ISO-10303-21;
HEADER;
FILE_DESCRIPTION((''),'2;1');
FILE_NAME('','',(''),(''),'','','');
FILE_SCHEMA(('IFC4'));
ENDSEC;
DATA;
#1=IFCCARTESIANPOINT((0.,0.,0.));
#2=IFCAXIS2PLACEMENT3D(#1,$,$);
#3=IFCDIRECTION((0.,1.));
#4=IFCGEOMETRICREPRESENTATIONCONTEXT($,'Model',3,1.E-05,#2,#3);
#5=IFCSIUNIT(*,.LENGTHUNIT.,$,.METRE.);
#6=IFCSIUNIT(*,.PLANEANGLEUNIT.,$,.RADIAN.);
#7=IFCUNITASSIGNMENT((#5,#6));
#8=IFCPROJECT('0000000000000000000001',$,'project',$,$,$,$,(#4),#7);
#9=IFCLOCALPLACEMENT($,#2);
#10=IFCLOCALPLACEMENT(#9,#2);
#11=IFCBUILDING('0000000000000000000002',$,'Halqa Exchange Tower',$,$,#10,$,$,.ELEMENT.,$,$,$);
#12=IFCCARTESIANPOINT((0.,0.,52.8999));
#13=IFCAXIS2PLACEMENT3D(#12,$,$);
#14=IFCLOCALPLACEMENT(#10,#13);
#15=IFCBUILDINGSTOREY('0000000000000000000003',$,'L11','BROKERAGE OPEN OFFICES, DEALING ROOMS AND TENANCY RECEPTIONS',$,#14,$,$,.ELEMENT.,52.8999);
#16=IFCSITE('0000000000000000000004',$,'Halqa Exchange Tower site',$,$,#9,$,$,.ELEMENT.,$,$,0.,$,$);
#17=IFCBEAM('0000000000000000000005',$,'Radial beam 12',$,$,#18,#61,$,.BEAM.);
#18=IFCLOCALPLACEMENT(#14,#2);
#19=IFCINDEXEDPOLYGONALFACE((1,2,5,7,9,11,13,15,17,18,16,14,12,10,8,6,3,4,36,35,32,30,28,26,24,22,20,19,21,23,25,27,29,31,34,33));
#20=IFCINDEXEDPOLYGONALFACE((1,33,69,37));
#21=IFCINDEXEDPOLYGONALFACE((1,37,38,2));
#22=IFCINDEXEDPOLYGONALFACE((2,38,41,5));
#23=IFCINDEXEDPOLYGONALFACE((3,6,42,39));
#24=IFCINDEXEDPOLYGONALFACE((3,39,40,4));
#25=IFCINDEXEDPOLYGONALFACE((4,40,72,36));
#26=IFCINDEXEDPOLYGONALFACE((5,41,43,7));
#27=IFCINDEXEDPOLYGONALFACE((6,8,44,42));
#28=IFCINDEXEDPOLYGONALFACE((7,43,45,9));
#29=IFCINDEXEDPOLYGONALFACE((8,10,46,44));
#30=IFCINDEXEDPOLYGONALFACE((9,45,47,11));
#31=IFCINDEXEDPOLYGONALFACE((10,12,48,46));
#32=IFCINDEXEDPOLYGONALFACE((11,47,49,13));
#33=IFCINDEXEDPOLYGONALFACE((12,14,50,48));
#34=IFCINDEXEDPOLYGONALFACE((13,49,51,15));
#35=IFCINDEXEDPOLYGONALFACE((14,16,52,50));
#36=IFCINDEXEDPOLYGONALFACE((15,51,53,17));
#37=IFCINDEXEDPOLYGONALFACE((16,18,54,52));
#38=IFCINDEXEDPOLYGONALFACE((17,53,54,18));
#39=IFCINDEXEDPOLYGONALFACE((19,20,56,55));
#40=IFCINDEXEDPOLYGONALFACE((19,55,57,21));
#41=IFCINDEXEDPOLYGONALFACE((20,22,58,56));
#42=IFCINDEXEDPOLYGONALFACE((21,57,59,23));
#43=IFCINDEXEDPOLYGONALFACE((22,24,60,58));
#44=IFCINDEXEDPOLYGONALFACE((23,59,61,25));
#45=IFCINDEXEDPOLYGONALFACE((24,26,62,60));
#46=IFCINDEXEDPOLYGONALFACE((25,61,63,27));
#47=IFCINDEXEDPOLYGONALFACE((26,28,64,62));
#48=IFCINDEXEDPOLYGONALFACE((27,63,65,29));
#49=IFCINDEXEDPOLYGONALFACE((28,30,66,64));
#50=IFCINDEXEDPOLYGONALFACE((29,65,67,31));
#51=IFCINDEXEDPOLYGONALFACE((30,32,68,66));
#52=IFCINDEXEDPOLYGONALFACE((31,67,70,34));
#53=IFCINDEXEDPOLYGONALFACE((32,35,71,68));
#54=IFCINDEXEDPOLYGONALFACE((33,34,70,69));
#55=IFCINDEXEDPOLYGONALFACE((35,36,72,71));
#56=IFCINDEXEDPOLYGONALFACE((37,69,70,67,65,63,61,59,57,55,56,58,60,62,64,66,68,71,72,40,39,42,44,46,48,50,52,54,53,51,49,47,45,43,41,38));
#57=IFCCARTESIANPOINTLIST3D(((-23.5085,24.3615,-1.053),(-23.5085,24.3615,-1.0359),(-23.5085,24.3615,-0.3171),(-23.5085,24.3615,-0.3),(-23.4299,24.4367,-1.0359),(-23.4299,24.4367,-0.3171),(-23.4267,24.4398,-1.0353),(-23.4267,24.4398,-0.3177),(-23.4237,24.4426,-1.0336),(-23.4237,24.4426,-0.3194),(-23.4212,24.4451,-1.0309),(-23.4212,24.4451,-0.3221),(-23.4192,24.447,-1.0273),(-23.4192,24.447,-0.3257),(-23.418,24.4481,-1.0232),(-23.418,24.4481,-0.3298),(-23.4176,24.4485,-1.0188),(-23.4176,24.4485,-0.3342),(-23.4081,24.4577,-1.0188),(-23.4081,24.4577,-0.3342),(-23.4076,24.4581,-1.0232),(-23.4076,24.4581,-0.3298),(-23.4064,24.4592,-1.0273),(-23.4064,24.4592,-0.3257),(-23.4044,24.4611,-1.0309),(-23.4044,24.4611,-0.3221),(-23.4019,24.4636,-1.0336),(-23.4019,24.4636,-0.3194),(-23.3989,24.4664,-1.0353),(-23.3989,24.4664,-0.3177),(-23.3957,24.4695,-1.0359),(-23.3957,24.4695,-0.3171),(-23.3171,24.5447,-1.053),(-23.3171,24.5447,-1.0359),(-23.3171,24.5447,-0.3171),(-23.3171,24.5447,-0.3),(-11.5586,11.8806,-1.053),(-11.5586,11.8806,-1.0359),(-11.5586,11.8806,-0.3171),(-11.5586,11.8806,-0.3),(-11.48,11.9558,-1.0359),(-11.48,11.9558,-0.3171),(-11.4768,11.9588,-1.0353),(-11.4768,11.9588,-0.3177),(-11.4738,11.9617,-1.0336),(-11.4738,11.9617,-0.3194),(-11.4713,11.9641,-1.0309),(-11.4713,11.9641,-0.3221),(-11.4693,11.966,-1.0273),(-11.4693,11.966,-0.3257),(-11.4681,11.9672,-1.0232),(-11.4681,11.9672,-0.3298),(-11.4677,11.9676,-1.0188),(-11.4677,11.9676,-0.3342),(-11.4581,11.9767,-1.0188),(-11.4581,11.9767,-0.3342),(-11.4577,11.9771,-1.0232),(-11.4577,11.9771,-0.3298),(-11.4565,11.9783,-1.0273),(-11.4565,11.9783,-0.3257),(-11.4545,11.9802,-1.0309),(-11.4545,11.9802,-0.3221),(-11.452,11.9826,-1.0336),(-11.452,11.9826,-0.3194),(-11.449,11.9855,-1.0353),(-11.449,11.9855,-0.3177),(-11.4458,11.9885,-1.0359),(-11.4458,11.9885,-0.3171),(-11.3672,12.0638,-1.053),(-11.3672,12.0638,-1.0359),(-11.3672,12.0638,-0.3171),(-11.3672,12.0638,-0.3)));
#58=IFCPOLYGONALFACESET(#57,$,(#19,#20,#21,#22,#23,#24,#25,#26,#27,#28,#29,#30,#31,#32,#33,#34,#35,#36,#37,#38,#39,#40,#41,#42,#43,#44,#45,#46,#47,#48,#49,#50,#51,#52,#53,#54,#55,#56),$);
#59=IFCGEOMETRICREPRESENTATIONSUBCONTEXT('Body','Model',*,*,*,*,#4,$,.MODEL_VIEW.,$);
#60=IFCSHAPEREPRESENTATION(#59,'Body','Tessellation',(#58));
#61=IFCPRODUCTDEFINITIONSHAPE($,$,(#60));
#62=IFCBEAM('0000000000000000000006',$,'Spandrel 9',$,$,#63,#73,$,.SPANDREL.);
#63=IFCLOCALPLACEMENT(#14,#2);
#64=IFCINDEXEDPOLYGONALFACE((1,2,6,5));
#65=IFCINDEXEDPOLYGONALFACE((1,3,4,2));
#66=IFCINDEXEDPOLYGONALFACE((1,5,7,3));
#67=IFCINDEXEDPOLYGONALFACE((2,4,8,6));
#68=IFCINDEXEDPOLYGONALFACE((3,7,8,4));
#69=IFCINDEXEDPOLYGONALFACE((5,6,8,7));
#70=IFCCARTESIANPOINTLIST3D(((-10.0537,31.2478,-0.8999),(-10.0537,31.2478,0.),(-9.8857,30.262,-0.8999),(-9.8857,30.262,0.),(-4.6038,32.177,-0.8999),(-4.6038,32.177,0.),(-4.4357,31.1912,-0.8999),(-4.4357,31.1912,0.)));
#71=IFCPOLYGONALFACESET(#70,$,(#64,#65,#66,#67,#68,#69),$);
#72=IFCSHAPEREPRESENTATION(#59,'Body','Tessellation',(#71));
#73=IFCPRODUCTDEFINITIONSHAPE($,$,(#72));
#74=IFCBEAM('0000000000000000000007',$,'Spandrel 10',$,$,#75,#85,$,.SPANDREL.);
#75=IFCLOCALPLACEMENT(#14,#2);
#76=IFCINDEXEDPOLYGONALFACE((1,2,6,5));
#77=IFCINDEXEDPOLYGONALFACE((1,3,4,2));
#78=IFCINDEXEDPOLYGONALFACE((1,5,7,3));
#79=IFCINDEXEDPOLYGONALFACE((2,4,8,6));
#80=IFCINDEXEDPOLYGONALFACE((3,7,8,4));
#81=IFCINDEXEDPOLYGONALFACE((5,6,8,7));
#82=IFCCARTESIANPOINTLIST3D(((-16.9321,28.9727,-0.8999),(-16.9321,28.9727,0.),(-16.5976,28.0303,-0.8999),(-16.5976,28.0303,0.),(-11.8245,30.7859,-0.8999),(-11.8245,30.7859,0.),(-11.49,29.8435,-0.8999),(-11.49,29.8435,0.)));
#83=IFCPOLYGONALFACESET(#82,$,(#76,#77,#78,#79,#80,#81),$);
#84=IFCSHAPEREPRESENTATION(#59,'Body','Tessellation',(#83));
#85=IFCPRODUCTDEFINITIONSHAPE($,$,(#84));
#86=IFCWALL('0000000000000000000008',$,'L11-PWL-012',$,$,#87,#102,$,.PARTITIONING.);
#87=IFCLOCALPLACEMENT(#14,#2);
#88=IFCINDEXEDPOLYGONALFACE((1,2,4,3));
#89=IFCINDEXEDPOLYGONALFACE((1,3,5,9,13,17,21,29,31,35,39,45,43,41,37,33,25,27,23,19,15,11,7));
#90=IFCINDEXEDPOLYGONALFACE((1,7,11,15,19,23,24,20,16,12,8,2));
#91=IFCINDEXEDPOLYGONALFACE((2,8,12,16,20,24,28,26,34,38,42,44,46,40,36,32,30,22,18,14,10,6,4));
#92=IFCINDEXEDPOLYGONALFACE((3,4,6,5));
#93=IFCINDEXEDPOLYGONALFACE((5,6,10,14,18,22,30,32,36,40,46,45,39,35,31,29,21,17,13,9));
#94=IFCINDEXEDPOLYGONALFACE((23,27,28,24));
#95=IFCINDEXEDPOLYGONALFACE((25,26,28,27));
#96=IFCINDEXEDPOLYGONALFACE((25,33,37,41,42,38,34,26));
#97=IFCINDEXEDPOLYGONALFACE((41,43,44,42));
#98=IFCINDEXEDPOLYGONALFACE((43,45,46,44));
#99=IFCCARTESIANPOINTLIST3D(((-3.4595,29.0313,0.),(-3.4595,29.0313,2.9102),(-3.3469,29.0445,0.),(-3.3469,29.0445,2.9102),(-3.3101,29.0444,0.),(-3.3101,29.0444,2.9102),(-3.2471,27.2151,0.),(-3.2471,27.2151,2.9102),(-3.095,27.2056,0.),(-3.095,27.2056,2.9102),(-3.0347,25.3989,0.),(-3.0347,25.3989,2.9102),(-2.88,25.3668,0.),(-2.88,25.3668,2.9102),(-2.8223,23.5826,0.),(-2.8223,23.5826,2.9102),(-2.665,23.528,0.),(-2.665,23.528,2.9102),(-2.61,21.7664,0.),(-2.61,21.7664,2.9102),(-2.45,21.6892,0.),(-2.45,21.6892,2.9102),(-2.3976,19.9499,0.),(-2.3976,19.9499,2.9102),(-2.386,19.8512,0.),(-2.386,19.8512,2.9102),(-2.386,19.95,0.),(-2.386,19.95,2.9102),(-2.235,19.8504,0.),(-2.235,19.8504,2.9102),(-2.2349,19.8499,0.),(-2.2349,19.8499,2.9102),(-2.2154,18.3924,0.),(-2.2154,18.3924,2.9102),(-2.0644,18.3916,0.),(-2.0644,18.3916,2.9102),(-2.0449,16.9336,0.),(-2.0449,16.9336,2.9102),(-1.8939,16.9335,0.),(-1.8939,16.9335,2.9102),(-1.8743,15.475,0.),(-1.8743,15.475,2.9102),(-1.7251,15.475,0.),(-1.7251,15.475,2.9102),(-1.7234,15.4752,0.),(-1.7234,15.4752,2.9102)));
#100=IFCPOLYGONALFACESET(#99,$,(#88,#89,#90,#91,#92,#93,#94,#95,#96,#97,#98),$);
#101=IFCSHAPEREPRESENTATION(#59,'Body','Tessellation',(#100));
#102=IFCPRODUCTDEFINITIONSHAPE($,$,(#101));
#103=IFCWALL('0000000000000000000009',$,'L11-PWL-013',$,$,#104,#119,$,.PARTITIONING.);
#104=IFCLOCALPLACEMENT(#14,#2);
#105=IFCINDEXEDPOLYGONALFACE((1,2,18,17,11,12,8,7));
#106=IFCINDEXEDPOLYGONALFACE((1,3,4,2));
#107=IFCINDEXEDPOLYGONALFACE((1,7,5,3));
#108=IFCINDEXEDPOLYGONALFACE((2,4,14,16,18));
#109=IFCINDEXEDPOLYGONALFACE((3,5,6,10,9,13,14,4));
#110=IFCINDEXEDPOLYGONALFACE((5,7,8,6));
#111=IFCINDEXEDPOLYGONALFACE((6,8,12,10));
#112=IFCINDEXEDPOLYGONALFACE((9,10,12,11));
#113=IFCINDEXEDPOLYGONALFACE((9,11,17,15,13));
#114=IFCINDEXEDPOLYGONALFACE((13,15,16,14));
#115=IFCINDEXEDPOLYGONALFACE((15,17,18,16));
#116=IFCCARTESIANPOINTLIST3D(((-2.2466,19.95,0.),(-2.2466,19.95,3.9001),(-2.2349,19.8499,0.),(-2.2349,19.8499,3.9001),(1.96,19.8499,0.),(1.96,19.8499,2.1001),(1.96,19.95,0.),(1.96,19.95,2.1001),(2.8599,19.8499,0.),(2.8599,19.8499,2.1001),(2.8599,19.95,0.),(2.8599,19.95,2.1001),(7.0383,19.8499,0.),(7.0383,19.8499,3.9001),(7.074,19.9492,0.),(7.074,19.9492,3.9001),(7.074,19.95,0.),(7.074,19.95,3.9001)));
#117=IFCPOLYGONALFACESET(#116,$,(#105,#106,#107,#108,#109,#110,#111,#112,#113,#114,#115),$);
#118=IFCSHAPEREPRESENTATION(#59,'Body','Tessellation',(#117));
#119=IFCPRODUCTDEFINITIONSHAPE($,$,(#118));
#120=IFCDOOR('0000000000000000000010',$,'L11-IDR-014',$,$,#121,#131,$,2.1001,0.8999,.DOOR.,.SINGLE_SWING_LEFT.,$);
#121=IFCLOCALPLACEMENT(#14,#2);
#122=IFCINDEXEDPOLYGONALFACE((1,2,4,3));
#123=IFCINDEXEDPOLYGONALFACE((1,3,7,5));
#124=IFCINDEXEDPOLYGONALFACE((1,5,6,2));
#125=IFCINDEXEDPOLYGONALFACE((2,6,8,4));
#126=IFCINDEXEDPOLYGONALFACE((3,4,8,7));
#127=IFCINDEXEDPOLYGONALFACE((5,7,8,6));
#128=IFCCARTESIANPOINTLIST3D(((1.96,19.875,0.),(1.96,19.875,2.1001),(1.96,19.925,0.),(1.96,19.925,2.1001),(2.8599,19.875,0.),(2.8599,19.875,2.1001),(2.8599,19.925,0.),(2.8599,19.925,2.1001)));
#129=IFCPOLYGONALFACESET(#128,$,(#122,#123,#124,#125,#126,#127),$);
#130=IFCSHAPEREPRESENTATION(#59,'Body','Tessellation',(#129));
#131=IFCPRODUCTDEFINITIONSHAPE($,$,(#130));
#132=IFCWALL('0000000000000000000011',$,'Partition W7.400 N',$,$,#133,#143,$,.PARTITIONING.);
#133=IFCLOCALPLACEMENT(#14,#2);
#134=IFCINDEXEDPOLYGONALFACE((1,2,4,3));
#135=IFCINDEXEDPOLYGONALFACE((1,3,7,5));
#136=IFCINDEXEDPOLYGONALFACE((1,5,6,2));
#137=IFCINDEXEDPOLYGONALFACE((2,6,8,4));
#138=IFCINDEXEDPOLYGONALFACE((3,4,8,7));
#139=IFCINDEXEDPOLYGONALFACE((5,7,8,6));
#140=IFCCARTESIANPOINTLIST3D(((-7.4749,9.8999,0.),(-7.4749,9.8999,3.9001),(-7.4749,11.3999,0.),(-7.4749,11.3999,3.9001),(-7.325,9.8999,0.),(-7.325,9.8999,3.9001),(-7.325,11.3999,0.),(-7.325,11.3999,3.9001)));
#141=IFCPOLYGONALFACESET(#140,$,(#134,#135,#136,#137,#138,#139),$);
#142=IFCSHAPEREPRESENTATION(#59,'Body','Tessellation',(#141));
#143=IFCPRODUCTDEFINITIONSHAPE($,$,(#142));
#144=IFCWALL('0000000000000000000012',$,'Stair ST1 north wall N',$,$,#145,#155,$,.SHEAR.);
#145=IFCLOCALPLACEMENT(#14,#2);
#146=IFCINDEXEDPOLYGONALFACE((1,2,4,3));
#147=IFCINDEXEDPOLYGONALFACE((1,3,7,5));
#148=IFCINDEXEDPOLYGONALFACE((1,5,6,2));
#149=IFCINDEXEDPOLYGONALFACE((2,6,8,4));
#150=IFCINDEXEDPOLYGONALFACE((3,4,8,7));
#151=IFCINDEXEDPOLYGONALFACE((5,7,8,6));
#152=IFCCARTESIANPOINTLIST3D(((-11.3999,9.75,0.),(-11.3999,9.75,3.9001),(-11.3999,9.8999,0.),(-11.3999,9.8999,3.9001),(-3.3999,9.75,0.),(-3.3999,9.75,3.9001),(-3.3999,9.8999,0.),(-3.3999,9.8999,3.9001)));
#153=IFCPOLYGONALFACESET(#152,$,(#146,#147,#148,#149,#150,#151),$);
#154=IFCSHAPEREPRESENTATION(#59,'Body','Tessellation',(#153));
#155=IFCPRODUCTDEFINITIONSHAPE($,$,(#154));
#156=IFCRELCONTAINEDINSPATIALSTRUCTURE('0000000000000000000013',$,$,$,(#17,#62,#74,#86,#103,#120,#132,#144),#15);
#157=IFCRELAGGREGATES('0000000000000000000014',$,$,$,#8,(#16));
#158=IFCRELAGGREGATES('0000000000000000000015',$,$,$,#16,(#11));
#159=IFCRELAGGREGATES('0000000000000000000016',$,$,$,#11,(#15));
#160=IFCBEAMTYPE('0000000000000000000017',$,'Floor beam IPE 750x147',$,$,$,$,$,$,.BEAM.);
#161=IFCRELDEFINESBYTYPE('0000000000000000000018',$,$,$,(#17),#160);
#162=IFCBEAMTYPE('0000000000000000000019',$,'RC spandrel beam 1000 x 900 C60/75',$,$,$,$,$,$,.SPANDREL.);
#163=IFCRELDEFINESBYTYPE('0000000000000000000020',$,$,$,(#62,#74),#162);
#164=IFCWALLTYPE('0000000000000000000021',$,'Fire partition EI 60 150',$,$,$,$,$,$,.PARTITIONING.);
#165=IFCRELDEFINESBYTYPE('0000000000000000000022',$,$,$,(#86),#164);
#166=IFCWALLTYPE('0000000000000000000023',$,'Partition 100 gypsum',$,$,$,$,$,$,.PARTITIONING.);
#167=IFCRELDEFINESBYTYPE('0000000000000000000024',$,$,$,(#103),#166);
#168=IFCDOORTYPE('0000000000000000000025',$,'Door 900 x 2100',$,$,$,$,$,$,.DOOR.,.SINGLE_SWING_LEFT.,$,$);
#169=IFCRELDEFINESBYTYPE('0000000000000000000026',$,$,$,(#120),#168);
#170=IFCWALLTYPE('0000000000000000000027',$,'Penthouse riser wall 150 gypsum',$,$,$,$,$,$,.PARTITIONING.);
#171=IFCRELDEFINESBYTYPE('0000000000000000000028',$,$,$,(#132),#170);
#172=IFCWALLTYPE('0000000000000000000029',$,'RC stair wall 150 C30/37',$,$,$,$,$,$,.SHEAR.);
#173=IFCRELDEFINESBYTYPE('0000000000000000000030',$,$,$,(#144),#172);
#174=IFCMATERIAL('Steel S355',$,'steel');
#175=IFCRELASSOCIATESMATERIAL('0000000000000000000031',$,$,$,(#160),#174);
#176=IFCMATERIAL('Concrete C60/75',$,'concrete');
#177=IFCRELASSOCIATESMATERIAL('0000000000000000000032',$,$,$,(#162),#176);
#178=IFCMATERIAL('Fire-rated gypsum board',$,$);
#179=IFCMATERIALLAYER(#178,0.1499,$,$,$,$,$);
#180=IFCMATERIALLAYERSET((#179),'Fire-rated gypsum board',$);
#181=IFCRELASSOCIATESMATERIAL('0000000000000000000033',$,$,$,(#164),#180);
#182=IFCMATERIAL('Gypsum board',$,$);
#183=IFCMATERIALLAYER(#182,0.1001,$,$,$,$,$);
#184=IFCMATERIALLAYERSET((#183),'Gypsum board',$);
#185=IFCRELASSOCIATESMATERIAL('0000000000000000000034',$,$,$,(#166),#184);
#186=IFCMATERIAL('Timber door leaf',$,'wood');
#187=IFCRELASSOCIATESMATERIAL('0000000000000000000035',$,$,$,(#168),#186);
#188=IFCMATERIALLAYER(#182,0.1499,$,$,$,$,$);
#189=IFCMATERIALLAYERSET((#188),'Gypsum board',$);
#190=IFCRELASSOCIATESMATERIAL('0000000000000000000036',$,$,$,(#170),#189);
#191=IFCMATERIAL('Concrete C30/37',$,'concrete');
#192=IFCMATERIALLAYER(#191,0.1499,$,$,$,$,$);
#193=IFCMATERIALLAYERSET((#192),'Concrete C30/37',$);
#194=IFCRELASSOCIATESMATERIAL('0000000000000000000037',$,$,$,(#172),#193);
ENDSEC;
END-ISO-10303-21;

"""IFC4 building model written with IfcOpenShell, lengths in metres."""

from ifc_helpers import new_model, si_unit, direction, frame, frame_2d, origin, origin_2d, place, context, subcontext, project, spatial, polyline, rectangle, i_section, outline, extrude, material, layer, layer_set, material_profile, profile_set, type_object, element, fill, save


model = new_model("IFC4")

# Units and contexts
model_context = context("Model", 3, precision=1e-05, world=origin(), true_north=direction((0.0, 1.0)))
body_context = subcontext(model_context, "Body", "Model", "MODEL_VIEW")
ifc_project = project(units=[si_unit("LENGTHUNIT", "METRE"), si_unit("PLANEANGLEUNIT", "RADIAN")], contexts=[model_context])

# Site, building, storey
site_placement = place(None, origin())
site = spatial("IfcSite", under=ifc_project, at=site_placement, Name="Halqa Exchange Tower site", CompositionType="ELEMENT", RefElevation=0.0)
building_placement = place(site_placement, origin())
building = spatial("IfcBuilding", under=site, at=building_placement, Name="Halqa Exchange Tower", CompositionType="ELEMENT")
storey_placement = place(building_placement, frame((0.0, 0.0, 52.8999)))
storey = spatial("IfcBuildingStorey", under=building, at=storey_placement, Name="L11", Description="BROKERAGE OPEN OFFICES, DEALING ROOMS AND TENANCY RECEPTIONS", CompositionType="ELEMENT", Elevation=52.8999)

# Beams
ifc_material_1 = material(Name="Steel S355", Category="steel")
ifc_material_profile_1 = material_profile(ifc_material_1, i_section(OverallWidth=0.2649, OverallDepth=0.7529, WebThickness=0.0132, FlangeThickness=0.0171, FilletRadius=0.0171, at=origin_2d()), Name="IPE 750x147")
ifc_profile_set_1 = profile_set([ifc_material_profile_1], Name="Steel S355")
beam_type_1 = type_object("IfcBeamType", Name="Floor beam IPE 750x147", PredefinedType="BEAM", material=ifc_profile_set_1)
beam_1_placement = place(storey_placement, frame((-11.4629, 11.9722, -0.6765), z_axis=(-0.691574, 0.722305, 0.0), x_axis=(-0.722305, -0.691574, 0.0)))
element("IfcBeam", 1, at=beam_1_placement, inside=storey, type_object=beam_type_1, Name="Radial beam 12", PredefinedType="BEAM", context=body_context, shape_type="SweptSolid", body=[
    extrude(i_section(OverallWidth=0.2649, OverallDepth=0.7529, WebThickness=0.0132, FlangeThickness=0.0171, FilletRadius=0.0171, at=origin_2d()), origin(), (0.0, 0.0, 1.0), 17.2793),
])
ifc_material_2 = material(Name="Concrete C60/75", Category="concrete")
ifc_material_profile_2 = material_profile(ifc_material_2, rectangle(XDim=1.0, YDim=0.8999, at=origin_2d()), Name="1000 x 900")
ifc_profile_set_2 = profile_set([ifc_material_profile_2], Name="Concrete C60/75")
beam_type_2 = type_object("IfcBeamType", Name="RC spandrel beam 1000 x 900 C60/75", PredefinedType="SPANDREL", material=ifc_profile_set_2)
beam_2_placement = place(storey_placement, frame((-4.5198, 31.6841, -0.45), z_axis=(-0.985775, -0.168071, 0.0), x_axis=(0.168071, -0.985775, 0.0)))
element("IfcBeam", 2, at=beam_2_placement, inside=storey, type_object=beam_type_2, Name="Spandrel 9", PredefinedType="SPANDREL", context=body_context, shape_type="SweptSolid", body=[
    extrude(rectangle(XDim=1.0, YDim=0.8999, at=origin_2d()), origin(), (0.0, 0.0, 1.0), 5.5286),
])
beam_3_placement = place(storey_placement, frame((-11.6572, 30.3147, -0.45), z_axis=(-0.942379, -0.334547, 0.0), x_axis=(0.334547, -0.942379, 0.0)))
element("IfcBeam", 3, at=beam_3_placement, inside=storey, type_object=beam_type_2, Name="Spandrel 10", PredefinedType="SPANDREL", context=body_context, shape_type="SweptSolid", body=[
    extrude(rectangle(XDim=1.0, YDim=0.8999, at=origin_2d()), origin(), (0.0, 0.0, 1.0), 5.4199),
])

# Wall
ifc_material_3 = material(Name="Fire-rated gypsum board")
ifc_layer_1 = layer(ifc_material_3, 0.1499)
ifc_layer_set_1 = layer_set([ifc_layer_1], Name="Fire-rated gypsum board")
wall_type_1 = type_object("IfcWallType", Name="Fire partition EI 60 150", PredefinedType="PARTITIONING", material=ifc_layer_set_1)
wall_1_placement = place(storey_placement, frame((-3.385, 29.04, 0.0), z_axis=(0.0, 0.0, 1.0), x_axis=(0.116139, -0.993233, 0.0)))
element("IfcWall", 4, at=wall_1_placement, inside=storey, type_object=wall_type_1, Name="L11-PWL-012", PredefinedType="PARTITIONING", context=body_context, shape_type="SweptSolid", body=[
    extrude(outline(polyline([(0.0, -0.075), (1.8286, -0.075), (3.6572, -0.075), (5.4858, -0.075), (7.3145, -0.075), (9.1433, -0.075), (9.1445, -0.0635), (9.2427, -0.075), (10.7114, -0.075), (12.1802, -0.075), (13.6487, -0.075), (13.666, 0.0732), (13.666, 0.075), (12.1978, 0.075), (10.7297, 0.075), (9.2615, 0.075), (9.2615, 0.075), (9.261, 0.075), (7.4097, 0.075), (5.5583, 0.075), (3.707, 0.075), (1.8557, 0.075), (0.0044, 0.075), (0.0, 0.0383), (0.0, -0.075)])), origin(), (0.0, 0.0, 1.0), 2.9102),
])

# Wall, opening, door
ifc_material_4 = material(Name="Gypsum board")
ifc_layer_2 = layer(ifc_material_4, 0.1001)
ifc_layer_set_2 = layer_set([ifc_layer_2], Name="Gypsum board")
wall_type_2 = type_object("IfcWallType", Name="Partition 100 gypsum", PredefinedType="PARTITIONING", material=ifc_layer_set_2)
wall_2_placement = place(storey_placement, frame((-2.2466, 19.8999, 0.0), z_axis=(0.0, 0.0, 1.0), x_axis=(1.0, 0.0, 0.0)))
wall_2 = element("IfcWall", 5, at=wall_2_placement, inside=storey, type_object=wall_type_2, Name="L11-PWL-013", PredefinedType="PARTITIONING", context=body_context, shape_type="SweptSolid", body=[
    extrude(outline(polyline([(0.0117, -0.05), (1.8665, -0.05), (3.7209, -0.05), (5.5757, -0.05), (7.4302, -0.05), (9.2849, -0.05), (9.3206, 0.0493), (9.3206, 0.05), (7.4565, 0.05), (5.5923, 0.05), (3.7283, 0.05), (1.864, 0.05), (0.0, 0.05), (0.0117, -0.05)])), origin(), (0.0, 0.0, 1.0), 3.9001),
])
opening_1_placement = place(wall_2_placement, frame((4.2065, 0.0, 0.0)))
opening_1 = element("IfcOpeningElement", 6, at=opening_1_placement, cuts=wall_2, PredefinedType="OPENING", context=body_context, shape_type="SweptSolid", body=[
    extrude(rectangle(XDim=0.8999, YDim=2.1001, at=frame_2d((0.45, 1.05))), frame((0.0, 0.062, 0.0), z_axis=(0.0, -1.0, 0.0), x_axis=(1.0, 0.0, 0.0)), (0.0, 0.0, 1.0), 0.124),
])
ifc_material_5 = material(Name="Timber door leaf", Category="wood")
door_type = type_object("IfcDoorType", Name="Door 900 x 2100", OperationType="SINGLE_SWING_LEFT", PredefinedType="DOOR", material=ifc_material_5)
door_placement = place(opening_1_placement, frame((0.8999, 0.0, 0.0), z_axis=(0.0, 0.0, 1.0), x_axis=(-1.0, 0.0, 0.0)))
door = element("IfcDoor", 7, at=door_placement, inside=storey, type_object=door_type, Name="L11-IDR-014", OperationType="SINGLE_SWING_LEFT", OverallHeight=2.1001, OverallWidth=0.8999, PredefinedType="DOOR", context=body_context, shape_type="SweptSolid", body=[
    extrude(rectangle(XDim=0.8999, YDim=2.1001, at=frame_2d((0.45, 1.05))), frame((0.0, 0.0249, 0.0), z_axis=(0.0, -1.0, 0.0), x_axis=(1.0, 0.0, 0.0)), (0.0, 0.0, 1.0), 0.05),
])
fill(opening_1, door)

# Walls
ifc_layer_3 = layer(ifc_material_4, 0.1499)
ifc_layer_set_3 = layer_set([ifc_layer_3], Name="Gypsum board")
wall_type_3 = type_object("IfcWallType", Name="Penthouse riser wall 150 gypsum", PredefinedType="PARTITIONING", material=ifc_layer_set_3)
wall_3_placement = place(storey_placement, frame((-7.3999, 9.8999, 0.0), z_axis=(0.0, 0.0, 1.0), x_axis=(0.0, 1.0, 0.0)))
element("IfcWall", 8, at=wall_3_placement, inside=storey, type_object=wall_type_3, Name="Partition W7.400 N", PredefinedType="PARTITIONING", context=body_context, shape_type="SweptSolid", body=[
    extrude(rectangle(XDim=1.5, YDim=0.1499, at=frame_2d((0.75, 0.0))), origin(), (0.0, 0.0, 1.0), 3.9001),
])
ifc_material_6 = material(Name="Concrete C30/37", Category="concrete")
ifc_layer_4 = layer(ifc_material_6, 0.1499)
ifc_layer_set_4 = layer_set([ifc_layer_4], Name="Concrete C30/37")
wall_type_4 = type_object("IfcWallType", Name="RC stair wall 150 C30/37", PredefinedType="SHEAR", material=ifc_layer_set_4)
wall_4_placement = place(storey_placement, frame((-11.3999, 9.825, 0.0), z_axis=(0.0, 0.0, 1.0), x_axis=(1.0, 0.0, 0.0)))
element("IfcWall", 9, at=wall_4_placement, inside=storey, type_object=wall_type_4, Name="Stair ST1 north wall N", PredefinedType="SHEAR", context=body_context, shape_type="SweptSolid", body=[
    extrude(rectangle(XDim=8.0, YDim=0.1499, at=frame_2d((4.0, 0.0))), origin(), (0.0, 0.0, 1.0), 3.9001),
])

save(model, "model.ifc")
